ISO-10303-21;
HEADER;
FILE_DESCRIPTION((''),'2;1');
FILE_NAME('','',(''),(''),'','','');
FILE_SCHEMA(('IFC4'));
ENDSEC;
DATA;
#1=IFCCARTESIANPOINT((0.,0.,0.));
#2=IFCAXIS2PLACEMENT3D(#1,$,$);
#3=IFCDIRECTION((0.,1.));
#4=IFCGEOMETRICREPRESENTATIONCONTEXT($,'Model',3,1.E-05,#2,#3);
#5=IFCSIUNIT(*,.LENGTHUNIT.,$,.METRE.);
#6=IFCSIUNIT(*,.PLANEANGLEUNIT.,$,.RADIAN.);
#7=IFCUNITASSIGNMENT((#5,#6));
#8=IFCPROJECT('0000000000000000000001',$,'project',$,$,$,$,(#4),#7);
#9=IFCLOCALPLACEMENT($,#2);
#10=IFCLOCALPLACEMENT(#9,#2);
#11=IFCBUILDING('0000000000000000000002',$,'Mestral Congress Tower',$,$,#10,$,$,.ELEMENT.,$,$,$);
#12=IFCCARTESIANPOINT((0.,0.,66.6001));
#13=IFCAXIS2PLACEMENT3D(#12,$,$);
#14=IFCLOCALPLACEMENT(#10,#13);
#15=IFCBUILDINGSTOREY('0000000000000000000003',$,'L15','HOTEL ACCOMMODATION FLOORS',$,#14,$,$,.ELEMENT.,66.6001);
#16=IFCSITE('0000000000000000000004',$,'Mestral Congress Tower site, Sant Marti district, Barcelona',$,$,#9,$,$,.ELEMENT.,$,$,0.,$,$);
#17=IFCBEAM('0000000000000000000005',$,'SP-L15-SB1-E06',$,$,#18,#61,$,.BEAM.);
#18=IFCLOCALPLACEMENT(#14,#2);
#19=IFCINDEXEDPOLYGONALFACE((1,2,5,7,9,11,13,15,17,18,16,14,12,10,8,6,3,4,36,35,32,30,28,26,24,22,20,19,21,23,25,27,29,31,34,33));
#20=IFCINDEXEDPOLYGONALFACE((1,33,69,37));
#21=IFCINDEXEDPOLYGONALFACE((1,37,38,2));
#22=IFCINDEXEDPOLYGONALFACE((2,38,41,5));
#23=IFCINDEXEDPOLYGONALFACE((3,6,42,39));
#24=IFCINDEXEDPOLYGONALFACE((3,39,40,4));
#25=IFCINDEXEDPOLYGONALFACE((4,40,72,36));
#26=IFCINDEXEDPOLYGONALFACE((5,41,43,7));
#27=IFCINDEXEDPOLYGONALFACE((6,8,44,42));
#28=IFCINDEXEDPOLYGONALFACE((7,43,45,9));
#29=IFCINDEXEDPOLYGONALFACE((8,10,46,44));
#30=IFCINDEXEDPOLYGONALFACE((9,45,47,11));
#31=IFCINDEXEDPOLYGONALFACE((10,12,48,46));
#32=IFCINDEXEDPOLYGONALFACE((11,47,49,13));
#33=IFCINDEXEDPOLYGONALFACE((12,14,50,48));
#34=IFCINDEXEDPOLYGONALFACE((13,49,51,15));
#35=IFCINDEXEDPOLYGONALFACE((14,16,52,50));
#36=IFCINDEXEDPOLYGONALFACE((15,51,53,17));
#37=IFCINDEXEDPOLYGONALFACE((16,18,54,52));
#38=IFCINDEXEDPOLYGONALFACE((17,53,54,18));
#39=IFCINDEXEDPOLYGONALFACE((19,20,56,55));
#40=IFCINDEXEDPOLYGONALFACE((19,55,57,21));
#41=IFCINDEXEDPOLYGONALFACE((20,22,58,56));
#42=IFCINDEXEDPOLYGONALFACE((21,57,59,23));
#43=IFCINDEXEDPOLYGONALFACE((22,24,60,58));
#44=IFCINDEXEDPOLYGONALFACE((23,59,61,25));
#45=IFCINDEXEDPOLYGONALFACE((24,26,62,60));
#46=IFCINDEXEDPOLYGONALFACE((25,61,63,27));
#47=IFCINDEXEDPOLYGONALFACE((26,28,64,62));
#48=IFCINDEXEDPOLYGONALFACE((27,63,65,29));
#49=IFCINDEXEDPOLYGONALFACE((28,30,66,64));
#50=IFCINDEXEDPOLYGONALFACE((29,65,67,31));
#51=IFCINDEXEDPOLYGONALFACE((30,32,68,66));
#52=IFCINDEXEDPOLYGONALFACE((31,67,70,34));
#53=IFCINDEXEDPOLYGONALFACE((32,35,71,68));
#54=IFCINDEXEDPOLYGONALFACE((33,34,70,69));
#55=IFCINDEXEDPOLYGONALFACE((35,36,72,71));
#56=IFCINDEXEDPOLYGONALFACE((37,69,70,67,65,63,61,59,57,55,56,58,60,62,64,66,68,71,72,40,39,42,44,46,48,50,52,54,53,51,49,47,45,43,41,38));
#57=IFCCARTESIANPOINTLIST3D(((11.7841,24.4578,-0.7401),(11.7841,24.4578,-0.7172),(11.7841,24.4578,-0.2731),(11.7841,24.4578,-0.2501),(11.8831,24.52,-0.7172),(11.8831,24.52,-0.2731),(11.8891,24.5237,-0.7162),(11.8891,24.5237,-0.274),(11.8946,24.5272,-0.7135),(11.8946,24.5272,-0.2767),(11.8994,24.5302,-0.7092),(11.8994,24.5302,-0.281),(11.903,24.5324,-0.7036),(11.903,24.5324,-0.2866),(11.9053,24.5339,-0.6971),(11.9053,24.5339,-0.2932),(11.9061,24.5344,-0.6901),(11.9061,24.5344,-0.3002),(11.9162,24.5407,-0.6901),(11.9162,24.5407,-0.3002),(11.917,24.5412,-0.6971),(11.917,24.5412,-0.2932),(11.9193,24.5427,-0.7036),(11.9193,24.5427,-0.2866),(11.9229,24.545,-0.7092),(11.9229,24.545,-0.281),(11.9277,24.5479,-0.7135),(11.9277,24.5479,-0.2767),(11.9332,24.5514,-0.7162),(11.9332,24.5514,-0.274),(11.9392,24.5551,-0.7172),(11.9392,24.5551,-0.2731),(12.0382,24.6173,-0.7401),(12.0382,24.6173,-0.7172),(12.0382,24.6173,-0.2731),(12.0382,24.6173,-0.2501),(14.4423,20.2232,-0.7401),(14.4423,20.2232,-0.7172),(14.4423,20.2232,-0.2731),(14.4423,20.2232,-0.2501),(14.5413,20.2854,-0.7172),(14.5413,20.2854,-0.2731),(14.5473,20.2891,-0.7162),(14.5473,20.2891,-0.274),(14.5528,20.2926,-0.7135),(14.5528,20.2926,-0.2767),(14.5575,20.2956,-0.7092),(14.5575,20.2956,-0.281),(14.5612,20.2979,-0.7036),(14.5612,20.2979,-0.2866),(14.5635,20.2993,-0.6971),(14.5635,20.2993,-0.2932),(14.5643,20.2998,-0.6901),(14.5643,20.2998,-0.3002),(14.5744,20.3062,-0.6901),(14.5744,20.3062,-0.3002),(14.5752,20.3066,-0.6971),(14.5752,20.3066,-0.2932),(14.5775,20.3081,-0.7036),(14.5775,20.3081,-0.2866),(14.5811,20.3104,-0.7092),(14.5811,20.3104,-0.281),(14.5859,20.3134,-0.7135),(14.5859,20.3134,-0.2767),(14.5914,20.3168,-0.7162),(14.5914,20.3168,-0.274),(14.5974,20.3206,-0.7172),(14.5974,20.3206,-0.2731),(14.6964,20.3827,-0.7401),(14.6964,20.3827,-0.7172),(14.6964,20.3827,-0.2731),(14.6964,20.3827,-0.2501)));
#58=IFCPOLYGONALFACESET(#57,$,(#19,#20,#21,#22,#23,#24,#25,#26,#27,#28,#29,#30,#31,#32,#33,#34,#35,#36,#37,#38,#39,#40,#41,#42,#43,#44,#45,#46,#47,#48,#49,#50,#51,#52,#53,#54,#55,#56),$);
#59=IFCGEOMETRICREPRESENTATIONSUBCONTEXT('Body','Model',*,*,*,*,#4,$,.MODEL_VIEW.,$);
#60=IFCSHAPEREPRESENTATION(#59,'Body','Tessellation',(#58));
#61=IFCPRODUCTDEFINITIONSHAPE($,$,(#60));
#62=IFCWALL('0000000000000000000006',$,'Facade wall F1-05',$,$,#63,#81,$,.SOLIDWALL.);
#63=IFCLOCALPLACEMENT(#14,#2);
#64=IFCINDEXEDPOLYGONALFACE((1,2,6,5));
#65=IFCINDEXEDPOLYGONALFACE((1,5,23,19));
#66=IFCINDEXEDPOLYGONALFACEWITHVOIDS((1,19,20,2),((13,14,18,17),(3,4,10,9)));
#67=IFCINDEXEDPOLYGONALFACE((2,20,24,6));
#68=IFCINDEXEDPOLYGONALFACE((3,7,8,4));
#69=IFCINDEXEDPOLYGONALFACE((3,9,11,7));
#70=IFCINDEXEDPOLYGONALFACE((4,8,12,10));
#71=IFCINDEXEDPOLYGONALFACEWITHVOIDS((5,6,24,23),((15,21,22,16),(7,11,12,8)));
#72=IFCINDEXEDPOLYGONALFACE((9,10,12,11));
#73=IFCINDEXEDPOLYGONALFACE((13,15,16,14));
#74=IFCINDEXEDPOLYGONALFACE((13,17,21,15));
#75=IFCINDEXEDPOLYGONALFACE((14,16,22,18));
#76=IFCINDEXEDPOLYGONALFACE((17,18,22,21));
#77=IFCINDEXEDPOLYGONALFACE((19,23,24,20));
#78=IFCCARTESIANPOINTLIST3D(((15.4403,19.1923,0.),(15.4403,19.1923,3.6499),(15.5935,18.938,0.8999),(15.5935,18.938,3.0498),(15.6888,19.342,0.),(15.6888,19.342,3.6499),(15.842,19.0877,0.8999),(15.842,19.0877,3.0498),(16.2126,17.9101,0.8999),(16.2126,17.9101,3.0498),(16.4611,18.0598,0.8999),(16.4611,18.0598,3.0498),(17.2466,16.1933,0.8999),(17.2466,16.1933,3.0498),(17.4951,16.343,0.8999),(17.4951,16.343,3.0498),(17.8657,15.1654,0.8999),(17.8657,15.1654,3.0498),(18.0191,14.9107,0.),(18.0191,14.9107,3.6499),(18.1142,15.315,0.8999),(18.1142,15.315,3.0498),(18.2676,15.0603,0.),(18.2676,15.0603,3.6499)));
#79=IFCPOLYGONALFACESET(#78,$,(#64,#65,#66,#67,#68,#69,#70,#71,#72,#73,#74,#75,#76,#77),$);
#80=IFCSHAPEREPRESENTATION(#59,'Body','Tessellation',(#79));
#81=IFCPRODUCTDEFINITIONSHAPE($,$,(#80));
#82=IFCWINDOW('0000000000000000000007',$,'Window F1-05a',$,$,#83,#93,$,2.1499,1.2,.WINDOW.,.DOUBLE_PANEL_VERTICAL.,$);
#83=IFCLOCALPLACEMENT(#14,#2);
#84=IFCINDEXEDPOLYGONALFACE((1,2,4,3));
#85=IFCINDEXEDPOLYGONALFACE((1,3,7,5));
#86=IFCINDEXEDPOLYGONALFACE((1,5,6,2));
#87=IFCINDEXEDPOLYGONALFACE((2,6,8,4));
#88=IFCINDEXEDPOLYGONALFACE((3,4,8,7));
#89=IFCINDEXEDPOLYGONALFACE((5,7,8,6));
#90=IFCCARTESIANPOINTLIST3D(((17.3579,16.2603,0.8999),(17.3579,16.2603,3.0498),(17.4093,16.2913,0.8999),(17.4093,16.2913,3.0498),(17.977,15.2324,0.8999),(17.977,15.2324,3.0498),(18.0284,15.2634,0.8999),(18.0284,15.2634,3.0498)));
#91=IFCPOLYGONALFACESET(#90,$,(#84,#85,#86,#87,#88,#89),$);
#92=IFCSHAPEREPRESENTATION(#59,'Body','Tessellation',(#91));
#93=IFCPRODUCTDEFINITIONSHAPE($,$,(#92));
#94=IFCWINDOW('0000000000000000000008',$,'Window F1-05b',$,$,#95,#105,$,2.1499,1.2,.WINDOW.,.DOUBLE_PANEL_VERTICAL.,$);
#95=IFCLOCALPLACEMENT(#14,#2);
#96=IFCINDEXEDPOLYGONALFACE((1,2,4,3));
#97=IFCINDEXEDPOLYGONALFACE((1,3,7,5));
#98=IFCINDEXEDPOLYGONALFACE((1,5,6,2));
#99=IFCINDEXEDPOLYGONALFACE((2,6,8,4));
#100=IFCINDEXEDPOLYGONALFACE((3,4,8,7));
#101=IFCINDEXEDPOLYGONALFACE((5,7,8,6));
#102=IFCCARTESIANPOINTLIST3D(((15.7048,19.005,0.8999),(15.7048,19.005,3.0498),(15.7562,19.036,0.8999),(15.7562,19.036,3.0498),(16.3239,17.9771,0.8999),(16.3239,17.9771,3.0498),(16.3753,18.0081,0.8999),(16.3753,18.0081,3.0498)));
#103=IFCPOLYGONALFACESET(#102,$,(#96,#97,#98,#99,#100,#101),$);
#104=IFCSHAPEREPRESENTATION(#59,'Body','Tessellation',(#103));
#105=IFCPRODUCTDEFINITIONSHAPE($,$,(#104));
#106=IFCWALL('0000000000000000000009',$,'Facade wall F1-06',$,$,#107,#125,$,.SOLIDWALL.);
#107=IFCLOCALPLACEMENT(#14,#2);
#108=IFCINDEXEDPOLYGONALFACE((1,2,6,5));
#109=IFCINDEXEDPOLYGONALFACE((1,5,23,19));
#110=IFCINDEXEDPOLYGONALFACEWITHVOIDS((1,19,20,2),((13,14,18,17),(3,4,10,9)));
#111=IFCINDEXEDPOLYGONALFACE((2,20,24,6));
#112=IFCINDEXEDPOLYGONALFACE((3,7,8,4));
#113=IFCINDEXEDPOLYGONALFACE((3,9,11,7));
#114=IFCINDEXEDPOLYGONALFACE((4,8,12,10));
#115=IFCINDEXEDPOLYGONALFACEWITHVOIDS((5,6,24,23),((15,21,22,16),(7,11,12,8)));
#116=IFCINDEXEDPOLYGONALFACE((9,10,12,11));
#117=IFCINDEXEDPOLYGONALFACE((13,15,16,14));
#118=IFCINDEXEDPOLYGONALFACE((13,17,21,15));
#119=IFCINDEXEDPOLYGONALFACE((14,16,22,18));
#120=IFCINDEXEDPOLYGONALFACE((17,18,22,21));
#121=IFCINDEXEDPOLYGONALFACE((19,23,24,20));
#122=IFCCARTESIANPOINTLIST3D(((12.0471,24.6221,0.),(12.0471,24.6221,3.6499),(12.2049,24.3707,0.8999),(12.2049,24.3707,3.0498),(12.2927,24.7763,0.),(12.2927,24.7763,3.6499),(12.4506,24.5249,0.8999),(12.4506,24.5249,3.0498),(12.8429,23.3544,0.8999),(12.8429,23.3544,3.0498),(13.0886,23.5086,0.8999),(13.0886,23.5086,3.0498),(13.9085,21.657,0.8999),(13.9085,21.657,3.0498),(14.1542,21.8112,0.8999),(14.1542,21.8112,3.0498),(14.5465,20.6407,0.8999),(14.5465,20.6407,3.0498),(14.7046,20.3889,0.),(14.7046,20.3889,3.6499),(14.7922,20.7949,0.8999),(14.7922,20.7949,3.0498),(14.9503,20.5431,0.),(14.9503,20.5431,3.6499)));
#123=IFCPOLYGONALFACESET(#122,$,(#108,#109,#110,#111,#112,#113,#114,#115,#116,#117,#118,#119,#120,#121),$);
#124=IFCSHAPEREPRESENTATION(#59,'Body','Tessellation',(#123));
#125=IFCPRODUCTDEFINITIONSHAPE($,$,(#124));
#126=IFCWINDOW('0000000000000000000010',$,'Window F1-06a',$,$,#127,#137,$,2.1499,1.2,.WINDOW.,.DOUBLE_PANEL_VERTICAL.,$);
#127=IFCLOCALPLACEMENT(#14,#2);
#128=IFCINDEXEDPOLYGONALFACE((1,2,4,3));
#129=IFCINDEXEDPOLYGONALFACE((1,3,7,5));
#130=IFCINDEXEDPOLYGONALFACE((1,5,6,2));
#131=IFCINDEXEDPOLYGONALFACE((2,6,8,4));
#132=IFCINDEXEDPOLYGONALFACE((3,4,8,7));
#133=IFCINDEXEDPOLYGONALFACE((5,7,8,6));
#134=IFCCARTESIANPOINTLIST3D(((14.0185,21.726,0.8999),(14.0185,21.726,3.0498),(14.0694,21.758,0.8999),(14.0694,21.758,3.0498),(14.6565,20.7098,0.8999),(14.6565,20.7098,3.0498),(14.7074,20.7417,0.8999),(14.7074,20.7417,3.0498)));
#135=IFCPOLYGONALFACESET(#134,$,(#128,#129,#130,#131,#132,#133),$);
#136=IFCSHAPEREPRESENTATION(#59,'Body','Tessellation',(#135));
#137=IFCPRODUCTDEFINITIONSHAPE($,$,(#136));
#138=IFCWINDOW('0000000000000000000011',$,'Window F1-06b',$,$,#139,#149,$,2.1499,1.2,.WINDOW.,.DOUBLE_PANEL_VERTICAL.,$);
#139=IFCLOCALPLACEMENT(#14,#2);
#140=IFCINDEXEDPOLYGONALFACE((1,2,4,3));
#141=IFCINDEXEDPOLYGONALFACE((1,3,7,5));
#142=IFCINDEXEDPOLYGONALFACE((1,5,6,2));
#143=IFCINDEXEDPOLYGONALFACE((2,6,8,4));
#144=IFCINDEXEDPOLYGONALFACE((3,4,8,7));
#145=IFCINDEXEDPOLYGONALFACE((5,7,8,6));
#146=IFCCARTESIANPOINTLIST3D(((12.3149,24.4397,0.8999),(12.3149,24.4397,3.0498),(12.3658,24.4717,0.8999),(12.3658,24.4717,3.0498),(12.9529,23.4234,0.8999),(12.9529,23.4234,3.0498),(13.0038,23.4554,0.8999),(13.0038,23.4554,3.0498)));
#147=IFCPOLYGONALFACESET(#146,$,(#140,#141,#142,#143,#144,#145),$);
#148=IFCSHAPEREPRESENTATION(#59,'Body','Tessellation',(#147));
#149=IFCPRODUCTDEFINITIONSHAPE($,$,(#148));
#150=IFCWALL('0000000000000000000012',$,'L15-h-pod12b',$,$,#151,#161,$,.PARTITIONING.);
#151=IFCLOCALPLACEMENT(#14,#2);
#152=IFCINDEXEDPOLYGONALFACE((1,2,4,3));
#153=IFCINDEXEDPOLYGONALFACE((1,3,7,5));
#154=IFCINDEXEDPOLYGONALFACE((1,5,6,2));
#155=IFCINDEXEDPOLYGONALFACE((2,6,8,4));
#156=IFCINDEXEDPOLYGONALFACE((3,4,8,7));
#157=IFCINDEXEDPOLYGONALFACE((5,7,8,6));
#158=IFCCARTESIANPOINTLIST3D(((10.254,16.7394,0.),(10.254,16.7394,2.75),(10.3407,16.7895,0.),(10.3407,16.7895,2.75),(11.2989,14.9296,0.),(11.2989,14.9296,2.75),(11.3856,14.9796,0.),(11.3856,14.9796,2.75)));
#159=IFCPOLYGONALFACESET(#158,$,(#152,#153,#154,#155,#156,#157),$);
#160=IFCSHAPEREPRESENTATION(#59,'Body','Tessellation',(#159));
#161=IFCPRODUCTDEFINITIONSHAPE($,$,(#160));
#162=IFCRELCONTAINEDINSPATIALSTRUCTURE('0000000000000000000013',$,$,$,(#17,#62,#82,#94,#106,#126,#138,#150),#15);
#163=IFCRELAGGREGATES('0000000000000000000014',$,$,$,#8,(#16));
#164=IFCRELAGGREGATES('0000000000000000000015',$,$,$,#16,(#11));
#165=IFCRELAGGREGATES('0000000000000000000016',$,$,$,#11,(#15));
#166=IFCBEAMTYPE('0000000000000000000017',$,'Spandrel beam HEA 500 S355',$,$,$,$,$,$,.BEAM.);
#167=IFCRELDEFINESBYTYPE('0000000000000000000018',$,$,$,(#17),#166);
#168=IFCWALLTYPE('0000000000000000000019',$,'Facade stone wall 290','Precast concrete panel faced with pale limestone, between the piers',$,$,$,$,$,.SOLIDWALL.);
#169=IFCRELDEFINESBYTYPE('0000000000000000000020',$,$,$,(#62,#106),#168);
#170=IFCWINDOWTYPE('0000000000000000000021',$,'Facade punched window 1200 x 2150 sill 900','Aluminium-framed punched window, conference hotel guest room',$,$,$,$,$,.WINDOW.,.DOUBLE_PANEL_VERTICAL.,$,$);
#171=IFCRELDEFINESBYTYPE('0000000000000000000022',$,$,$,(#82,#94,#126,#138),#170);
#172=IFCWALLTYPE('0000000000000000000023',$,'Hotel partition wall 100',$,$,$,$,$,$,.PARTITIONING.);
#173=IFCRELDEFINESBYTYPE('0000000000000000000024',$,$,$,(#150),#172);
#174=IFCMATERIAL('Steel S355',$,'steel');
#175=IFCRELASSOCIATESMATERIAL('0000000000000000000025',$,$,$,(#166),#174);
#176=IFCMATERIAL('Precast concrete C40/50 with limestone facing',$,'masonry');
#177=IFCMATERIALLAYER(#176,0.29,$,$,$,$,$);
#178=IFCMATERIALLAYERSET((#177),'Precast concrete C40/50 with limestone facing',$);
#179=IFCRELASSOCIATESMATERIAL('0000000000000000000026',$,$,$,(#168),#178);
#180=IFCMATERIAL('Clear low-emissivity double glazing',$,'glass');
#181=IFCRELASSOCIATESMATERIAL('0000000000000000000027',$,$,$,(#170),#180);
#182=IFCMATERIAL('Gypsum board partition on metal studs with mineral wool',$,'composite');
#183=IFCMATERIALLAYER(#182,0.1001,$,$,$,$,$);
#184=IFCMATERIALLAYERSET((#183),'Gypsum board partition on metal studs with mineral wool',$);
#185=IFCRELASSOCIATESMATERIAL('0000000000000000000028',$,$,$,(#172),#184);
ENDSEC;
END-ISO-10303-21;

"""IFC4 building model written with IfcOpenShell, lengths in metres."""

from ifc_helpers import new_model, si_unit, direction, frame, frame_2d, origin, origin_2d, place, context, subcontext, project, spatial, rectangle, i_section, extrude, material, layer, layer_set, material_profile, profile_set, type_object, element, fill, save


model = new_model("IFC4")

# Units and contexts
model_context = context("Model", 3, precision=1e-05, world=origin(), true_north=direction((0.0, 1.0)))
body_context = subcontext(model_context, "Body", "Model", "MODEL_VIEW")
ifc_project = project(units=[si_unit("LENGTHUNIT", "METRE"), si_unit("PLANEANGLEUNIT", "RADIAN")], contexts=[model_context])

# Site, building, storey
site_placement = place(None, origin())
site = spatial("IfcSite", under=ifc_project, at=site_placement, Name="Mestral Congress Tower site, Sant Marti district, Barcelona", CompositionType="ELEMENT", RefElevation=0.0)
building_placement = place(site_placement, origin())
building = spatial("IfcBuilding", under=site, at=building_placement, Name="Mestral Congress Tower", CompositionType="ELEMENT")
storey_placement = place(building_placement, frame((0.0, 0.0, 66.6001)))
storey = spatial("IfcBuildingStorey", under=building, at=storey_placement, Name="L15", Description="HOTEL ACCOMMODATION FLOORS", CompositionType="ELEMENT", Elevation=66.6001)

# Beam
ifc_material_1 = material(Name="Steel S355", Category="steel")
ifc_material_profile_1 = material_profile(ifc_material_1, i_section(OverallWidth=0.3, OverallDepth=0.49, WebThickness=0.012, FlangeThickness=0.0229, FilletRadius=0.0271, at=origin_2d()), Name="HEA 500")
ifc_profile_set_1 = profile_set([ifc_material_profile_1], Name="Steel S355")
beam_type_1 = type_object("IfcBeamType", Name="Spandrel beam HEA 500 S355", PredefinedType="BEAM", material=ifc_profile_set_1)
for number, where, z_axis, x_axis, name in (
    (1, (14.5693, 20.303, -0.4951), (-0.531661, 0.846957, 0.0), (-0.846957, -0.531661, 0.0), "SP-L15-SB1-E06"),
):
    element("IfcBeam", number, at=place(storey_placement, frame(where, z_axis=z_axis, x_axis=x_axis)), inside=storey, type_object=beam_type_1, Name=name, PredefinedType="BEAM", context=body_context, shape_type="SweptSolid", body=[
        extrude(i_section(OverallWidth=0.3, OverallDepth=0.49, WebThickness=0.012, FlangeThickness=0.0229, FilletRadius=0.0271, at=origin_2d()), origin(), (0.0, 0.0, 1.0), 4.9998),
    ])

# Walls, openings, windows
ifc_material_2 = material(Name="Precast concrete C40/50 with limestone facing", Category="masonry")
ifc_layer_1 = layer(ifc_material_2, 0.29)
ifc_layer_set_1 = layer_set([ifc_layer_1], Name="Precast concrete C40/50 with limestone facing")
wall_type_1 = type_object("IfcWallType", Name="Facade stone wall 290", Description="Precast concrete panel faced with pale limestone, between the piers", PredefinedType="SOLIDWALL", material=ifc_layer_set_1)
wall_1_placement = place(storey_placement, frame((18.1433, 14.9856, 0.0), z_axis=(0.0, 0.0, 1.0), x_axis=(-0.515939, 0.856625, 0.0)))
wall_1 = element("IfcWall", 2, at=wall_1_placement, inside=storey, type_object=wall_type_1, Name="Facade wall F1-05", PredefinedType="SOLIDWALL", context=body_context, shape_type="SweptSolid", body=[
    extrude(rectangle(XDim=4.9983, YDim=0.29, at=frame_2d((2.499, 0.0))), origin(), (0.0, 0.0, 1.0), 3.6499),
])
opening_1_placement = place(wall_1_placement, frame((0.2971, 0.0, 0.8999)))
opening_1 = element("IfcOpeningElement", 3, at=opening_1_placement, cuts=wall_1, PredefinedType="OPENING", context=body_context, shape_type="SweptSolid", body=[
    extrude(rectangle(XDim=1.2, YDim=2.1499, at=frame_2d((0.6001, 1.075))), frame((0.0, 0.155, 0.0), z_axis=(0.0, -1.0, 0.0), x_axis=(1.0, 0.0, 0.0)), (0.0, 0.0, 1.0), 0.3101),
])
opening_2_placement = place(wall_1_placement, frame((3.5012, 0.0, 0.8999)))
opening_2 = element("IfcOpeningElement", 4, at=opening_2_placement, cuts=wall_1, PredefinedType="OPENING", context=body_context, shape_type="SweptSolid", body=[
    extrude(rectangle(XDim=1.2, YDim=2.1499, at=frame_2d((0.6001, 1.075))), frame((0.0, 0.155, 0.0), z_axis=(0.0, -1.0, 0.0), x_axis=(1.0, 0.0, 0.0)), (0.0, 0.0, 1.0), 0.3101),
])
ifc_material_3 = material(Name="Clear low-emissivity double glazing", Category="glass")
window_type = type_object("IfcWindowType", Name="Facade punched window 1200 x 2150 sill 900", Description="Aluminium-framed punched window, conference hotel guest room", PartitioningType="DOUBLE_PANEL_VERTICAL", PredefinedType="WINDOW", material=ifc_material_3)
window_1_placement = place(opening_1_placement, origin())
window_1 = element("IfcWindow", 5, at=window_1_placement, inside=storey, type_object=window_type, Name="Window F1-05a", OverallHeight=2.1499, OverallWidth=1.2, PartitioningType="DOUBLE_PANEL_VERTICAL", PredefinedType="WINDOW", context=body_context, shape_type="SweptSolid", body=[
    extrude(rectangle(XDim=1.2, YDim=2.1499, at=frame_2d((0.6001, 1.075))), frame((0.0, 0.0151, 0.0), z_axis=(0.0, -1.0, 0.0), x_axis=(1.0, 0.0, 0.0)), (0.0, 0.0, 1.0), 0.0601),
])
fill(opening_1, window_1)
window_2_placement = place(opening_2_placement, origin())
window_2 = element("IfcWindow", 6, at=window_2_placement, inside=storey, type_object=window_type, Name="Window F1-05b", OverallHeight=2.1499, OverallWidth=1.2, PartitioningType="DOUBLE_PANEL_VERTICAL", PredefinedType="WINDOW", context=body_context, shape_type="SweptSolid", body=[
    extrude(rectangle(XDim=1.2, YDim=2.1499, at=frame_2d((0.6001, 1.075))), frame((0.0, 0.0151, 0.0), z_axis=(0.0, -1.0, 0.0), x_axis=(1.0, 0.0, 0.0)), (0.0, 0.0, 1.0), 0.0601),
])
fill(opening_2, window_2)
wall_2_placement = place(storey_placement, frame((14.8274, 20.4661, 0.0), z_axis=(0.0, 0.0, 1.0), x_axis=(-0.531688, 0.84694, 0.0)))
wall_2 = element("IfcWall", 7, at=wall_2_placement, inside=storey, type_object=wall_type_1, Name="Facade wall F1-06", PredefinedType="SOLIDWALL", context=body_context, shape_type="SweptSolid", body=[
    extrude(rectangle(XDim=4.9983, YDim=0.29, at=frame_2d((2.499, 0.0))), origin(), (0.0, 0.0, 1.0), 3.6499),
])
opening_3_placement = place(wall_2_placement, frame((0.2971, 0.0, 0.8999)))
opening_3 = element("IfcOpeningElement", 8, at=opening_3_placement, cuts=wall_2, PredefinedType="OPENING", context=body_context, shape_type="SweptSolid", body=[
    extrude(rectangle(XDim=1.2, YDim=2.1499, at=frame_2d((0.6001, 1.075))), frame((0.0, 0.155, 0.0), z_axis=(0.0, -1.0, 0.0), x_axis=(1.0, 0.0, 0.0)), (0.0, 0.0, 1.0), 0.3101),
])
opening_4_placement = place(wall_2_placement, frame((3.5012, 0.0, 0.8999)))
opening_4 = element("IfcOpeningElement", 9, at=opening_4_placement, cuts=wall_2, PredefinedType="OPENING", context=body_context, shape_type="SweptSolid", body=[
    extrude(rectangle(XDim=1.2, YDim=2.1499, at=frame_2d((0.6001, 1.075))), frame((0.0, 0.155, 0.0), z_axis=(0.0, -1.0, 0.0), x_axis=(1.0, 0.0, 0.0)), (0.0, 0.0, 1.0), 0.3101),
])
window_3_placement = place(opening_3_placement, origin())
window_3 = element("IfcWindow", 10, at=window_3_placement, inside=storey, type_object=window_type, Name="Window F1-06a", OverallHeight=2.1499, OverallWidth=1.2, PartitioningType="DOUBLE_PANEL_VERTICAL", PredefinedType="WINDOW", context=body_context, shape_type="SweptSolid", body=[
    extrude(rectangle(XDim=1.2, YDim=2.1499, at=frame_2d((0.6001, 1.075))), frame((0.0, 0.0151, 0.0), z_axis=(0.0, -1.0, 0.0), x_axis=(1.0, 0.0, 0.0)), (0.0, 0.0, 1.0), 0.0601),
])
fill(opening_3, window_3)
window_4_placement = place(opening_4_placement, origin())
window_4 = element("IfcWindow", 11, at=window_4_placement, inside=storey, type_object=window_type, Name="Window F1-06b", OverallHeight=2.1499, OverallWidth=1.2, PartitioningType="DOUBLE_PANEL_VERTICAL", PredefinedType="WINDOW", context=body_context, shape_type="SweptSolid", body=[
    extrude(rectangle(XDim=1.2, YDim=2.1499, at=frame_2d((0.6001, 1.075))), frame((0.0, 0.0151, 0.0), z_axis=(0.0, -1.0, 0.0), x_axis=(1.0, 0.0, 0.0)), (0.0, 0.0, 1.0), 0.0601),
])
fill(opening_4, window_4)

# Wall
ifc_material_4 = material(Name="Gypsum board partition on metal studs with mineral wool", Category="composite")
ifc_layer_2 = layer(ifc_material_4, 0.1001)
ifc_layer_set_2 = layer_set([ifc_layer_2], Name="Gypsum board partition on metal studs with mineral wool")
wall_type_2 = type_object("IfcWallType", Name="Hotel partition wall 100", PredefinedType="PARTITIONING", material=ifc_layer_set_2)
wall_3_placement = place(storey_placement, frame((11.3423, 14.9546, 0.0), z_axis=(0.0, 0.0, 1.0), x_axis=(-0.500009, 0.86602, 0.0)))
element("IfcWall", 12, at=wall_3_placement, inside=storey, type_object=wall_type_2, Name="L15-h-pod12b", PredefinedType="PARTITIONING", context=body_context, shape_type="SweptSolid", body=[
    extrude(rectangle(XDim=2.0898, YDim=0.1001, at=frame_2d((1.0449, 0.0))), origin(), (0.0, 0.0, 1.0), 2.75),
])

save(model, "model.ifc")
